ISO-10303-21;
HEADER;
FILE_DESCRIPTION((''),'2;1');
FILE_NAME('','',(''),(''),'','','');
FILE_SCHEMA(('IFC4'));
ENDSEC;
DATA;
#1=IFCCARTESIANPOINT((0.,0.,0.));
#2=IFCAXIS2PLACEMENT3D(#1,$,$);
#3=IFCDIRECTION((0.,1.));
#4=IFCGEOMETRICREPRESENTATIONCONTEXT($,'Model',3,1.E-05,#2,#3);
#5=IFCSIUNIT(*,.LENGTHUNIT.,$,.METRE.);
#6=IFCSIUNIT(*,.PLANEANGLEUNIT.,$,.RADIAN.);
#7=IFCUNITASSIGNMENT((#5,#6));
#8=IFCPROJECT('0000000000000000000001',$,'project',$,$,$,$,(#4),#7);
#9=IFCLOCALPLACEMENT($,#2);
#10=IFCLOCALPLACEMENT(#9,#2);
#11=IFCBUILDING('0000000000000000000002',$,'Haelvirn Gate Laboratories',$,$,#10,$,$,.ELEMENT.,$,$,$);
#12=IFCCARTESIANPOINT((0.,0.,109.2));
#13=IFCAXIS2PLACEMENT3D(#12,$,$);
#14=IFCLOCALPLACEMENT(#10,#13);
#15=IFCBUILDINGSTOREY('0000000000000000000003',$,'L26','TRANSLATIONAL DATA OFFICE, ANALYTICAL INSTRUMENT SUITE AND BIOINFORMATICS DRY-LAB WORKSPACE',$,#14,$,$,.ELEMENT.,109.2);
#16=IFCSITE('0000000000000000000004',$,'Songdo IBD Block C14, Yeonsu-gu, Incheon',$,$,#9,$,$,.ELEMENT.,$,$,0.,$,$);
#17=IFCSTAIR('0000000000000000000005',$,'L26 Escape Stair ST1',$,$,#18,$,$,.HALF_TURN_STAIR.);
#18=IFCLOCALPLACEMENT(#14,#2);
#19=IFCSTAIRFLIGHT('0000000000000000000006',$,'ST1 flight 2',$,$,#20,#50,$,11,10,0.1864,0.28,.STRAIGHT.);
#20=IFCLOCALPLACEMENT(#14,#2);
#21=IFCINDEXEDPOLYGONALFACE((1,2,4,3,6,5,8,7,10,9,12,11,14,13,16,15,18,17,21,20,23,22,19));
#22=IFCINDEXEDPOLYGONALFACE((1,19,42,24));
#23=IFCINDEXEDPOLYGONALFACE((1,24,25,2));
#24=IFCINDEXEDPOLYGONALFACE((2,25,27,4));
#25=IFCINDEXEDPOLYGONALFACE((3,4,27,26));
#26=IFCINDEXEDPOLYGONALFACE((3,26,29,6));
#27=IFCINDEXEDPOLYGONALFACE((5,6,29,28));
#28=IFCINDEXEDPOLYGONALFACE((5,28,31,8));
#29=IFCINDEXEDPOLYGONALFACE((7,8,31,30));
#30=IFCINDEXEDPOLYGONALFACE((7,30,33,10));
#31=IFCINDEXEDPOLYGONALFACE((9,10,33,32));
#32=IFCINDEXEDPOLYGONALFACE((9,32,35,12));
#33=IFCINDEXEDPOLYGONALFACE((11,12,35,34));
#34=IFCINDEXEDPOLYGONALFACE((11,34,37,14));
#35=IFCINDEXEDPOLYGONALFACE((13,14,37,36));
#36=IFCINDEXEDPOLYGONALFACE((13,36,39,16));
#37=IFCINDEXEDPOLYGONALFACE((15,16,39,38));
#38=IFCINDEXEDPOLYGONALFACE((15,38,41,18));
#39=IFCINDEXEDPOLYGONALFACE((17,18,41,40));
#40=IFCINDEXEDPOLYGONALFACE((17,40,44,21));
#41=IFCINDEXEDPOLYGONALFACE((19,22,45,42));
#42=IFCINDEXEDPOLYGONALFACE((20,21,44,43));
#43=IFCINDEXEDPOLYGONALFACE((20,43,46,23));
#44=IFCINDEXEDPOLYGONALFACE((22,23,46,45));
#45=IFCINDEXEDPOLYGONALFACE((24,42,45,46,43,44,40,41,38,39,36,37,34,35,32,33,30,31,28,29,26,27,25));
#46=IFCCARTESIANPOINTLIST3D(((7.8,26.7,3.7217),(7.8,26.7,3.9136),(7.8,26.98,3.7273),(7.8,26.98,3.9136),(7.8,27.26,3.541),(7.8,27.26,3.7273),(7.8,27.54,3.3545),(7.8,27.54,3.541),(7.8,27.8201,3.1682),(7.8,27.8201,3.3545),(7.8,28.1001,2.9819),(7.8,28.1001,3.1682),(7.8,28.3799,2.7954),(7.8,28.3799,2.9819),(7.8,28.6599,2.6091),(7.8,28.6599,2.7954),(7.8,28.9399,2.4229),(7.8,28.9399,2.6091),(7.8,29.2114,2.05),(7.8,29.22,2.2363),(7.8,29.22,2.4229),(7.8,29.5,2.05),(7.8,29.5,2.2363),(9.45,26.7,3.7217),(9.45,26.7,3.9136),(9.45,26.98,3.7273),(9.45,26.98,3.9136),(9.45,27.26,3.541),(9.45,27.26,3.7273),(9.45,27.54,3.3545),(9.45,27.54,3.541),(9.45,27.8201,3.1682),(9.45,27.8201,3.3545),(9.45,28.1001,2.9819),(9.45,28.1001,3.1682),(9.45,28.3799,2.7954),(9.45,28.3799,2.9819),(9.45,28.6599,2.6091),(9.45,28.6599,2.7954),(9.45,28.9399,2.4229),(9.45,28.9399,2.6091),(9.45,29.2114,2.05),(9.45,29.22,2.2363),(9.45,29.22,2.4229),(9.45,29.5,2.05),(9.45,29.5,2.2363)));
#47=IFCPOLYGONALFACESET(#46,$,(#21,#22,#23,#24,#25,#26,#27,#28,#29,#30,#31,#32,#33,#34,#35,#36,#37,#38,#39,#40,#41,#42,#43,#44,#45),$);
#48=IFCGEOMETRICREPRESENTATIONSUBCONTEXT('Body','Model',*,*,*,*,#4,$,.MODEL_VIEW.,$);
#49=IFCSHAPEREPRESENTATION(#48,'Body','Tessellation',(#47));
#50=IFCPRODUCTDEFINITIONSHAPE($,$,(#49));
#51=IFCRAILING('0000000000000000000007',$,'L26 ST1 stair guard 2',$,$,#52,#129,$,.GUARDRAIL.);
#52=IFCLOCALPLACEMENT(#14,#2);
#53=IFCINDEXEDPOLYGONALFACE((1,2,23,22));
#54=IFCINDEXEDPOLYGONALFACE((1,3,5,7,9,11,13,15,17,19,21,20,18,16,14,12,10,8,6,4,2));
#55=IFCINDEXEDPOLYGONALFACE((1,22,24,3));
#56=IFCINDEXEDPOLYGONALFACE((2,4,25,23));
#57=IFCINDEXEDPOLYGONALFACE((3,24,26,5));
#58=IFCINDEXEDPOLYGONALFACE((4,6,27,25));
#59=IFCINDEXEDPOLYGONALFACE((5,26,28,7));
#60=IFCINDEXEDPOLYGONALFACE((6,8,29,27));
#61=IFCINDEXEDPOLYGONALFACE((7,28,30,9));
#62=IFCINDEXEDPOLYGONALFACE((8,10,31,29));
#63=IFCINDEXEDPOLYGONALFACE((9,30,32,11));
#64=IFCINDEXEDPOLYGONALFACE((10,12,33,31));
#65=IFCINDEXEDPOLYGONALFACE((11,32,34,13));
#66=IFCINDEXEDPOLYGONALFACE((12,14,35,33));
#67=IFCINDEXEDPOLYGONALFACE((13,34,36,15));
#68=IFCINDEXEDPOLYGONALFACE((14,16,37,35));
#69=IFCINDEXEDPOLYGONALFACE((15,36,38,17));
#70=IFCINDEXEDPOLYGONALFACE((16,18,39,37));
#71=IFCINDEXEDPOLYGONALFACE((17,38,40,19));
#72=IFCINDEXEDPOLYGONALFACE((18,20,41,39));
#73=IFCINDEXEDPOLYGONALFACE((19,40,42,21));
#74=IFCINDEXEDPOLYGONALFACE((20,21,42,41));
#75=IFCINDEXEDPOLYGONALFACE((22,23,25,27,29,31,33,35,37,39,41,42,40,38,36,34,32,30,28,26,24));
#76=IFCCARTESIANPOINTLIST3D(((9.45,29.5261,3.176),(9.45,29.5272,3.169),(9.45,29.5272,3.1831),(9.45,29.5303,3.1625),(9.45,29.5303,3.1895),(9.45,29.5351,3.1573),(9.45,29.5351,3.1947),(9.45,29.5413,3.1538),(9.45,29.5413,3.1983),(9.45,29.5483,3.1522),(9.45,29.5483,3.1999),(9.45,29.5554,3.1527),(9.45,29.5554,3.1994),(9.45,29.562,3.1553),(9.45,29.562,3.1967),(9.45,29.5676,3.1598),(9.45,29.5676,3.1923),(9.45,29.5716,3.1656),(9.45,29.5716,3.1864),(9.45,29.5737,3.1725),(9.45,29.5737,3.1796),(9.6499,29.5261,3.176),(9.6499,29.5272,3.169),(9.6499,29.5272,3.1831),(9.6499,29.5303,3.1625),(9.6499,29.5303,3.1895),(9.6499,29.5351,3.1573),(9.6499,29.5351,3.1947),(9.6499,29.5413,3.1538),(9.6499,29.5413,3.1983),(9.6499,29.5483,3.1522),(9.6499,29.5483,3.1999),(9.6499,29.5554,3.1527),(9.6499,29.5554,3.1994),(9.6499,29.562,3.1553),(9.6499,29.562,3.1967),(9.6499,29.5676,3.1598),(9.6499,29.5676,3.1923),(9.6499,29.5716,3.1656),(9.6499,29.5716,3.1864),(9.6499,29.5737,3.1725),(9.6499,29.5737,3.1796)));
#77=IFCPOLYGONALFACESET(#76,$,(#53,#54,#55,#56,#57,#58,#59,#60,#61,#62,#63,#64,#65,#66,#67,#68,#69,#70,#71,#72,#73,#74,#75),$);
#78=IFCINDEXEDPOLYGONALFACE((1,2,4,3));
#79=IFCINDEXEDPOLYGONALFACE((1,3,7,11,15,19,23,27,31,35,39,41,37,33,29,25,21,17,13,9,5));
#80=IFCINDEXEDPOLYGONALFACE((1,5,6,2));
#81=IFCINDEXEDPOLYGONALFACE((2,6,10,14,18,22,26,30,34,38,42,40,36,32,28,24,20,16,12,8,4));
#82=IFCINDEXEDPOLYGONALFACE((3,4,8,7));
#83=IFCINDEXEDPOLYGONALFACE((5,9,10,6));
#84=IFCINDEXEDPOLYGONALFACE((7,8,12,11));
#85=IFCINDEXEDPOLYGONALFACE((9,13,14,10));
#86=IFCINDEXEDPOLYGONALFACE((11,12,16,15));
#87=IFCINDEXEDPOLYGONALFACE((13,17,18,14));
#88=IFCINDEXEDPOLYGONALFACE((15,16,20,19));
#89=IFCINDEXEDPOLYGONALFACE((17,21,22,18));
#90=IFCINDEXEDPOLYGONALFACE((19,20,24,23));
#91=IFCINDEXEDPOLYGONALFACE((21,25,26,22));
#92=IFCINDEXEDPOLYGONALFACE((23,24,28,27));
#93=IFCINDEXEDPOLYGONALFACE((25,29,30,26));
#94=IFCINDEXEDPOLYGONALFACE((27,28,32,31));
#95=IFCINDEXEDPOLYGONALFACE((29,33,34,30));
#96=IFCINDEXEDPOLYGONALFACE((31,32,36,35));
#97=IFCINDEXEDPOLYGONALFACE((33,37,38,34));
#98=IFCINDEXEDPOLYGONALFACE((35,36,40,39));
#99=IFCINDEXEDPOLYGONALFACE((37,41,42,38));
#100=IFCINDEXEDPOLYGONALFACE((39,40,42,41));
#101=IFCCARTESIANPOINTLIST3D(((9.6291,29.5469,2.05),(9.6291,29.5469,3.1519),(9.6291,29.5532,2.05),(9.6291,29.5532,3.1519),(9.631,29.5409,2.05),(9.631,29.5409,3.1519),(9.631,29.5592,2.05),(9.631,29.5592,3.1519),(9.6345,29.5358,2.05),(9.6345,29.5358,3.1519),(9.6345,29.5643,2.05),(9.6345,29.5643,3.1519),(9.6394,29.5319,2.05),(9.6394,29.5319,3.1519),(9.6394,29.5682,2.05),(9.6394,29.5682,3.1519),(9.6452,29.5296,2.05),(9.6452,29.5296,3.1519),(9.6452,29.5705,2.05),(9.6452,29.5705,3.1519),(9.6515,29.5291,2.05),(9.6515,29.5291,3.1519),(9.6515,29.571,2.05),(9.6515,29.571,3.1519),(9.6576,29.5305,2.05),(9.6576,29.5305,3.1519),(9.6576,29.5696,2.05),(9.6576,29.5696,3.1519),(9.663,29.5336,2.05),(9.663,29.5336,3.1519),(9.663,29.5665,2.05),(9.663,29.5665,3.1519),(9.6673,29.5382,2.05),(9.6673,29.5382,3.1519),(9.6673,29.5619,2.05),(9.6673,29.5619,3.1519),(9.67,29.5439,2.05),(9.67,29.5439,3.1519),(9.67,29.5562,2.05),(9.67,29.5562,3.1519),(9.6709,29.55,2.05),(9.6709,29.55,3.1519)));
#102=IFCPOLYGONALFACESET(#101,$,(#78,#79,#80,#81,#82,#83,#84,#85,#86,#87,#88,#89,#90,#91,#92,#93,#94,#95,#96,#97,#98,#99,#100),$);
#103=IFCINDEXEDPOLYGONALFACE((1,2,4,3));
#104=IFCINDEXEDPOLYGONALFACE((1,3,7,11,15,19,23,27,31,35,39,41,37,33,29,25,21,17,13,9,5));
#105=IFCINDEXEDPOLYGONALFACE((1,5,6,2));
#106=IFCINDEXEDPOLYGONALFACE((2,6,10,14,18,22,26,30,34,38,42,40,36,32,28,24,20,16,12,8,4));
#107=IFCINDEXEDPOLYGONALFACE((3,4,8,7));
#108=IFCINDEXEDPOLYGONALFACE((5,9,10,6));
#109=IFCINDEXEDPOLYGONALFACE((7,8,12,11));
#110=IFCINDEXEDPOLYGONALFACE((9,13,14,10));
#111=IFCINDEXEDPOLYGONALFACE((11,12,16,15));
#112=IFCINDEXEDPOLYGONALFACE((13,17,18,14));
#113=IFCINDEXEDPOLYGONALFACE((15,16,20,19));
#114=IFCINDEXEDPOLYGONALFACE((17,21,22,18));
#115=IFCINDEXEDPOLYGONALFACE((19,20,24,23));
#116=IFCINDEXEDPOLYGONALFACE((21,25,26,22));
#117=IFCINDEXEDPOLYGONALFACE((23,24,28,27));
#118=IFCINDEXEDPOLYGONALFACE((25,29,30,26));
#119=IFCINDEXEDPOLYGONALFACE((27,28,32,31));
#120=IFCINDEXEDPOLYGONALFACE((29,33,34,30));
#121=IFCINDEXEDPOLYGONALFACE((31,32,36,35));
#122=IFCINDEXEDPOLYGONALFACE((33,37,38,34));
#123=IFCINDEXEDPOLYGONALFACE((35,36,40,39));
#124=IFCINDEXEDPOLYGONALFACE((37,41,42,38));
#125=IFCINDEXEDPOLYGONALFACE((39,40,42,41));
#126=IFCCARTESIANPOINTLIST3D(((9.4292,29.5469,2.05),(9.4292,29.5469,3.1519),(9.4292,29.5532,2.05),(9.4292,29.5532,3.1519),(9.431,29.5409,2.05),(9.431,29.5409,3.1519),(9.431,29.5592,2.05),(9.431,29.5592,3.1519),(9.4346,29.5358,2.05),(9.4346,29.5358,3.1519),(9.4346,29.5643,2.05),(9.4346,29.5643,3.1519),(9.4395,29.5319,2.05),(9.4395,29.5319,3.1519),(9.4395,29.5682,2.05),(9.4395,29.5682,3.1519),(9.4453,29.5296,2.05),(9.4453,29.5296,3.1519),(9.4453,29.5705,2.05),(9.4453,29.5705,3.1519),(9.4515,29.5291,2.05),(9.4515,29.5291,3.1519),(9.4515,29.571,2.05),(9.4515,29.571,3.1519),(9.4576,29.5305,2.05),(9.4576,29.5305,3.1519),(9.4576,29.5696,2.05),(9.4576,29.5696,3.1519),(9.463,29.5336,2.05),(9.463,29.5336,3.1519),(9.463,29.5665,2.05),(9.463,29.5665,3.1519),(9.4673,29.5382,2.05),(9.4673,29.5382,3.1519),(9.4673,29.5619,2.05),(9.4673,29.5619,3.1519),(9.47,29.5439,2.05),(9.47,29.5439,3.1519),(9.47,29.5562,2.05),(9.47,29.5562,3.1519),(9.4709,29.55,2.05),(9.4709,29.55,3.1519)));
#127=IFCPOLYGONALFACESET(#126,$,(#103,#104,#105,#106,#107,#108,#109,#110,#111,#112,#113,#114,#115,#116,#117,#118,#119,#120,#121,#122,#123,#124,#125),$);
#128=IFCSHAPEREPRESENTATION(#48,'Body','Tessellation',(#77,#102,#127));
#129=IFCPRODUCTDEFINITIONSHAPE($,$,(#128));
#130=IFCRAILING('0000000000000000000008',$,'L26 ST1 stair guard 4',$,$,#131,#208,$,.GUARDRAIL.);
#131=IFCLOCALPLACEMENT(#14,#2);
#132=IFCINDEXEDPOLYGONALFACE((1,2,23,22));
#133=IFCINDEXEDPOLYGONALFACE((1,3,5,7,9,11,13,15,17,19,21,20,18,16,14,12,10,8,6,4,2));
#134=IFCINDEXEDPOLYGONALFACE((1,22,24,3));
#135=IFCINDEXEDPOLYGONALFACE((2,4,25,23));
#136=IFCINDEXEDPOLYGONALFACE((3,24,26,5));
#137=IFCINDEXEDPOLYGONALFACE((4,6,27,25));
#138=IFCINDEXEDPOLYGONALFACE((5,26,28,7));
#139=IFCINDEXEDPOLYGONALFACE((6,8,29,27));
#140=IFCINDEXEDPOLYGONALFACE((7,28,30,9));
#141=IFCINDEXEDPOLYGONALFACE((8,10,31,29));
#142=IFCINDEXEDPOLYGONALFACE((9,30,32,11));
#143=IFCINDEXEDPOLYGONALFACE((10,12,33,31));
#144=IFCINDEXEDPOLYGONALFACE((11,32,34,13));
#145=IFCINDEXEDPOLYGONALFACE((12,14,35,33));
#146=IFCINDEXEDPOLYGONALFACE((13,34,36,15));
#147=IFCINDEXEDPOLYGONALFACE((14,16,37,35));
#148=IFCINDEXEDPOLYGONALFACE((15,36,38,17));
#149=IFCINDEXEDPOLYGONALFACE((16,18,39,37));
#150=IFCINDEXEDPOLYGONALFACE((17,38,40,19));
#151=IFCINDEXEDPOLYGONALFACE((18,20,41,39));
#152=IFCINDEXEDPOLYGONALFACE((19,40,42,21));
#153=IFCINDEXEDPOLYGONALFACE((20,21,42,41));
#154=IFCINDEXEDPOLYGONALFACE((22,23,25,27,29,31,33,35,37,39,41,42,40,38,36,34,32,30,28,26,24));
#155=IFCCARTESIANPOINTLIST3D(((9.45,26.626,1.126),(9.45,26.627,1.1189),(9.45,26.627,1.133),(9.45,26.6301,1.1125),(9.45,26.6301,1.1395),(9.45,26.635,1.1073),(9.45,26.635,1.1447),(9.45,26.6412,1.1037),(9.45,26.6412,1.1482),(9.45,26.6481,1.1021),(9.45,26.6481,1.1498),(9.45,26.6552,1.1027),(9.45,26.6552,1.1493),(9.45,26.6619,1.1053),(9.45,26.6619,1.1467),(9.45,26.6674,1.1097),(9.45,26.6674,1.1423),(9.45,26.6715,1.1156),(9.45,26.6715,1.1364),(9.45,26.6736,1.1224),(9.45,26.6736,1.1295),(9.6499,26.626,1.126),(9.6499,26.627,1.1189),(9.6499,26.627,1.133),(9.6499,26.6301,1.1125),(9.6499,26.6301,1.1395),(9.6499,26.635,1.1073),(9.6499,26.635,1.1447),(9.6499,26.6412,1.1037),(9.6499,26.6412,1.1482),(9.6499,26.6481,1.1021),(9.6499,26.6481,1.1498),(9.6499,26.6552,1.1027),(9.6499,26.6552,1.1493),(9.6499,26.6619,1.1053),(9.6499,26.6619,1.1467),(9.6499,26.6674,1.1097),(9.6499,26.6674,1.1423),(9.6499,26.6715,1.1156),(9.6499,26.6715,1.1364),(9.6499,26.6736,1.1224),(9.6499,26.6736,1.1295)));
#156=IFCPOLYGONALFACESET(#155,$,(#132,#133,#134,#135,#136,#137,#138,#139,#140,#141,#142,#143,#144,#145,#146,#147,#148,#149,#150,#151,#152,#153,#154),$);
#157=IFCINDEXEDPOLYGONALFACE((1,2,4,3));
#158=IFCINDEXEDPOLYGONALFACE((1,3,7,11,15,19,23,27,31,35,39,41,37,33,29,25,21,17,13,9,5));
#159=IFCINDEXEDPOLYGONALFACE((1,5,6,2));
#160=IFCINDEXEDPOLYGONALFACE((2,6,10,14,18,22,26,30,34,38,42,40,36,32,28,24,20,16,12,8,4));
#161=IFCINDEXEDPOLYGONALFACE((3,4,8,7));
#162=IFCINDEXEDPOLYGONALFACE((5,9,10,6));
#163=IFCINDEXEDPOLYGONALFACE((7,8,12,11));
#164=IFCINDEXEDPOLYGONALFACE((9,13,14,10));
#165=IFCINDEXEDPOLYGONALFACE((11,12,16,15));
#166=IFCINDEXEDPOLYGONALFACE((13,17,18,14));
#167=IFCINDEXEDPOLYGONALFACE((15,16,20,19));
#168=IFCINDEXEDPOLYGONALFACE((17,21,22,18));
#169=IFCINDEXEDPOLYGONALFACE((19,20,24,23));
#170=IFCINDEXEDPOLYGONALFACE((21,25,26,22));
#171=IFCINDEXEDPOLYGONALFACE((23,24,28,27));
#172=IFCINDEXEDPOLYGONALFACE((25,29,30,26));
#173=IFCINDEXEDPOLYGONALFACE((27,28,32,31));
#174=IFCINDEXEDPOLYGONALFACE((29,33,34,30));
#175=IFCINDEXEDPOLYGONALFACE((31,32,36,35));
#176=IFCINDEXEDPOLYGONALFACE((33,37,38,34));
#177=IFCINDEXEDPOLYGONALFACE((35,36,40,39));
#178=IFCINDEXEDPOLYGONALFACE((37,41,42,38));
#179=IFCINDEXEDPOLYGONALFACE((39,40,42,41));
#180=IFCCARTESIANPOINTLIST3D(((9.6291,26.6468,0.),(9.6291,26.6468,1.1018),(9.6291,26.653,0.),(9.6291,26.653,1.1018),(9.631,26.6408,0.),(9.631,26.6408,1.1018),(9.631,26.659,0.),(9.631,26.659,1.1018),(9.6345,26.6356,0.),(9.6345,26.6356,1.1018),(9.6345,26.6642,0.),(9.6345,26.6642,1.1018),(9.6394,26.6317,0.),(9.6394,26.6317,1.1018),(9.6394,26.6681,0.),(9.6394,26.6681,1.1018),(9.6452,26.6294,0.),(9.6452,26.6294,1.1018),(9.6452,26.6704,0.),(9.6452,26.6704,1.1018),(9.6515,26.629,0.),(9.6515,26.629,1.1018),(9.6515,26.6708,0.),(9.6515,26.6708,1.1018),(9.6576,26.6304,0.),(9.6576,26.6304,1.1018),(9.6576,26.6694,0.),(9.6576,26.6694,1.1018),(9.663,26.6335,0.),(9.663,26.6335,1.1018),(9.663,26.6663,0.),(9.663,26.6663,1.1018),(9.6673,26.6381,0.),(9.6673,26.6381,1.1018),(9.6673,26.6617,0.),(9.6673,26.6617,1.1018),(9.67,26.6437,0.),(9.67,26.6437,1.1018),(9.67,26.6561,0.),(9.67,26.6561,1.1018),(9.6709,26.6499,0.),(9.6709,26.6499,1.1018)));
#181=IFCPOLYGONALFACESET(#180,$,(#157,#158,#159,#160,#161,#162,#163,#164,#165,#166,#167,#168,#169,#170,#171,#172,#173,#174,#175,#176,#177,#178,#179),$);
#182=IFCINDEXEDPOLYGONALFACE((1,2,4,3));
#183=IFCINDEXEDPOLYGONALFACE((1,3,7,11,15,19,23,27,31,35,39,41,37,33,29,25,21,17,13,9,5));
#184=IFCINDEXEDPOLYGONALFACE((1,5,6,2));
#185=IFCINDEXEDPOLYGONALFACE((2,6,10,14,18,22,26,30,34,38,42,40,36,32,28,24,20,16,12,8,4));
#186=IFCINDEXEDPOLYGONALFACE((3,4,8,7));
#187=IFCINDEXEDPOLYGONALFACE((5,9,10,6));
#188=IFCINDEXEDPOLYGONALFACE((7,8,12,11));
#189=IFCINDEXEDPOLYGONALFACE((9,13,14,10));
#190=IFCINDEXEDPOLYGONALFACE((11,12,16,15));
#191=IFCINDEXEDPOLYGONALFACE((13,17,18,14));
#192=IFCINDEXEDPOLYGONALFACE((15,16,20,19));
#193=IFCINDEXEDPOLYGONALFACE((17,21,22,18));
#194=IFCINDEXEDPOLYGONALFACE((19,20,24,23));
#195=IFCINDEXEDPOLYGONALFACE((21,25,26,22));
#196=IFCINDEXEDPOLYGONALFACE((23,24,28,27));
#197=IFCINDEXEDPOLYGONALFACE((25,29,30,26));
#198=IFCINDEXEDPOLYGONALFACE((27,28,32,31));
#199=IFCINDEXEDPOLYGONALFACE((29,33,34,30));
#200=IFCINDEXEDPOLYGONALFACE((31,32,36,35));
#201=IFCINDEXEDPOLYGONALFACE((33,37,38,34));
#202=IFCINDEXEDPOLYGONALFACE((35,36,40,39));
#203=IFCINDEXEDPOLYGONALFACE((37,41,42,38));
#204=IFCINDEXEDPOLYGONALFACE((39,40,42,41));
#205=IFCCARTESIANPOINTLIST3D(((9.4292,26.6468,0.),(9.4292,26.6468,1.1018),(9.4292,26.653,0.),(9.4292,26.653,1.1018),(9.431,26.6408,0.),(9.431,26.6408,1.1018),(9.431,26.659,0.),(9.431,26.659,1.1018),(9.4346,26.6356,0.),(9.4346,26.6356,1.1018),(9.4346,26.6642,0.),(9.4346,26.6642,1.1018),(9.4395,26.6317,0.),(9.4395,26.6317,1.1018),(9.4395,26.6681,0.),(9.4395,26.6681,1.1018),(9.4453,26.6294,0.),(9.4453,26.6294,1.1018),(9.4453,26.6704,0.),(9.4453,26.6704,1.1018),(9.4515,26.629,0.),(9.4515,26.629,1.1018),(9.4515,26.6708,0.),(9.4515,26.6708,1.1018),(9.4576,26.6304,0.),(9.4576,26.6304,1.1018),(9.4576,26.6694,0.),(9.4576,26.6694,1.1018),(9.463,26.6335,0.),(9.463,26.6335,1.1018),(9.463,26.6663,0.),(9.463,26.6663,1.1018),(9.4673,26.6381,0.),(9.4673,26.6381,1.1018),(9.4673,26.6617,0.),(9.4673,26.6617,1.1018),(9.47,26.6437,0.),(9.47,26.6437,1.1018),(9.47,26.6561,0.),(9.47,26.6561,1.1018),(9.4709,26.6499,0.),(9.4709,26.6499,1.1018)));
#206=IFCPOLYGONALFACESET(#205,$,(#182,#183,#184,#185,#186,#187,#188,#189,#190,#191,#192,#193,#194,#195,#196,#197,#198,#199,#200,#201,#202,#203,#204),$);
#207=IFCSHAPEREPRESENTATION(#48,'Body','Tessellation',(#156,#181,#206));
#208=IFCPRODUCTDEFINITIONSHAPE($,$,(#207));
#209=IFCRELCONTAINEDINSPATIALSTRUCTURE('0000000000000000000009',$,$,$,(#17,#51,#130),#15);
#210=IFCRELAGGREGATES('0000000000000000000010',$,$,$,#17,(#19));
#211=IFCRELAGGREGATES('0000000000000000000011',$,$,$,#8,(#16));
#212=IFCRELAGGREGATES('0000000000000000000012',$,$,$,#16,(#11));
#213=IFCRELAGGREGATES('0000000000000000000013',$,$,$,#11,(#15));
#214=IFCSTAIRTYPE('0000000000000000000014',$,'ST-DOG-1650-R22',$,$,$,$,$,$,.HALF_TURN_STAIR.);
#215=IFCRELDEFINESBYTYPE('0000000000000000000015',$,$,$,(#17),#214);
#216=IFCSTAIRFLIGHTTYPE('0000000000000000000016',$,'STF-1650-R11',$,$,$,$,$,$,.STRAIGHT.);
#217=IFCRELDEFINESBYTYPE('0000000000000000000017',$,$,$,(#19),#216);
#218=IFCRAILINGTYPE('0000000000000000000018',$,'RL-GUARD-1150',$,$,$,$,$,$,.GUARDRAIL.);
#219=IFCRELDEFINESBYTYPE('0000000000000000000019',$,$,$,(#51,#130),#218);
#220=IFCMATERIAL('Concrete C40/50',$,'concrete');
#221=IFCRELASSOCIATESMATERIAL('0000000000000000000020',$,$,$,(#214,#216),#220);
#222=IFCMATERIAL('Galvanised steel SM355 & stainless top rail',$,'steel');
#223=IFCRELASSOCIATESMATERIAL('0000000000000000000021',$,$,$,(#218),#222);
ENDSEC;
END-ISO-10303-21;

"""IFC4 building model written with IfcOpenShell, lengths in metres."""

from ifc_helpers import new_model, si_unit, direction, frame, origin, origin_2d, place, context, subcontext, project, spatial, polyline, circle, outline, extrude, source, transform, mapped, material, type_object, type_shapes, element, aggregate, save


model = new_model("IFC4")

# Units and contexts
model_context = context("Model", 3, precision=1e-05, world=origin(), true_north=direction((0.0, 1.0)))
body_context = subcontext(model_context, "Body", "Model", "MODEL_VIEW")
ifc_project = project(units=[si_unit("LENGTHUNIT", "METRE"), si_unit("PLANEANGLEUNIT", "RADIAN")], contexts=[model_context])

# Site, building, storey
site_placement = place(None, origin())
site = spatial("IfcSite", under=ifc_project, at=site_placement, Name="Songdo IBD Block C14, Yeonsu-gu, Incheon", CompositionType="ELEMENT", RefElevation=0.0)
building_placement = place(site_placement, origin())
building = spatial("IfcBuilding", under=site, at=building_placement, Name="Haelvirn Gate Laboratories", CompositionType="ELEMENT")
storey_placement = place(building_placement, frame((0.0, 0.0, 109.2)))
storey = spatial("IfcBuildingStorey", under=building, at=storey_placement, Name="L26", Description="TRANSLATIONAL DATA OFFICE, ANALYTICAL INSTRUMENT SUITE AND BIOINFORMATICS DRY-LAB WORKSPACE", CompositionType="ELEMENT", Elevation=109.2)

# Shared definitions
ifc_material_1 = material(Name="Concrete C40/50", Category="concrete")

# Stair, stair flight
stair_type = type_object("IfcStairType", Name="ST-DOG-1650-R22", PredefinedType="HALF_TURN_STAIR", material=ifc_material_1)
stair_placement = place(storey_placement, origin())
stair = element("IfcStair", 1, at=stair_placement, inside=storey, type_object=stair_type, Name="L26 Escape Stair ST1", PredefinedType="HALF_TURN_STAIR")
stair_flight_type = type_object("IfcStairFlightType", Name="STF-1650-R11", PredefinedType="STRAIGHT", material=ifc_material_1)
shared_shape_1 = source(origin(), body_context, "Body", "SweptSolid", [
    extrude(outline(polyline([(0.0, 0.0), (0.0, 0.1863), (0.28, 0.1863), (0.28, 0.3728), (0.5601, 0.3728), (0.5601, 0.5591), (0.8401, 0.5591), (0.8401, 0.7454), (1.1201, 0.7454), (1.1201, 0.9319), (1.3999, 0.9319), (1.3999, 1.1182), (1.6799, 1.1182), (1.6799, 1.3044), (1.96, 1.3044), (1.96, 1.491), (2.24, 1.491), (2.24, 1.6772), (2.52, 1.6772), (2.52, 1.8635), (2.8, 1.8635), (2.8, 2.05), (2.8, 1.6716), (0.2886, 0.0), (0.0, 0.0)])), frame((0.0, 0.825, 0.0), z_axis=(0.0, -1.0, 0.0), x_axis=(1.0, 0.0, 0.0)), (0.0, 0.0, 1.0), 1.6499),
])
type_shapes(stair_flight_type, [shared_shape_1])
stair_flight_1_placement = place(storey_placement, frame((8.625, 29.5, 2.05), z_axis=(0.0, 0.0, 1.0), x_axis=(0.0, -1.0, 0.0)))
stair_flight_1 = element("IfcStairFlight", 2, at=stair_flight_1_placement, type_object=stair_flight_type, Name="ST1 flight 2", NumberOfRisers=11, NumberOfTreads=10, PredefinedType="STRAIGHT", RiserHeight=0.1864, TreadLength=0.28, context=body_context, shape_type="MappedRepresentation", body=[
    mapped(shared_shape_1, transform((0.0, 0.0, 0.0), scale=1.0)),
])
aggregate(stair, [stair_flight_1])

# Railings
ifc_material_2 = material(Name="Galvanised steel SM355 & stainless top rail", Category="steel")
railing_type_1 = type_object("IfcRailingType", Name="RL-GUARD-1150", PredefinedType="GUARDRAIL", material=ifc_material_2)
shared_shape_2 = source(origin(), body_context, "Body", "SweptSolid", [
    extrude(circle(Radius=0.0239, at=origin_2d()), frame((0.0, 0.0, 1.126), z_axis=(-1.0, 0.0, 0.0), x_axis=(0.0, -1.0, 0.0)), (0.0, 0.0, 1.0), 0.2),
    extrude(circle(Radius=0.021, at=origin_2d()), origin(), (0.0, 0.0, 1.0), 1.1018),
    extrude(circle(Radius=0.021, at=origin_2d()), frame((-0.2, 0.0, 0.0)), (0.0, 0.0, 1.0), 1.1018),
])
for number, where, name in (
    (3, (9.6499, 29.55, 2.05), "L26 ST1 stair guard 2"),
    (4, (9.6499, 26.6499, 0.0), "L26 ST1 stair guard 4"),
):
    element("IfcRailing", number, at=place(storey_placement, frame(where)), inside=storey, type_object=railing_type_1, Name=name, PredefinedType="GUARDRAIL", context=body_context, shape_type="MappedRepresentation", body=[
        mapped(shared_shape_2, transform((0.0, 0.0, 0.0), scale=1.0)),
    ])

save(model, "model.ifc")
